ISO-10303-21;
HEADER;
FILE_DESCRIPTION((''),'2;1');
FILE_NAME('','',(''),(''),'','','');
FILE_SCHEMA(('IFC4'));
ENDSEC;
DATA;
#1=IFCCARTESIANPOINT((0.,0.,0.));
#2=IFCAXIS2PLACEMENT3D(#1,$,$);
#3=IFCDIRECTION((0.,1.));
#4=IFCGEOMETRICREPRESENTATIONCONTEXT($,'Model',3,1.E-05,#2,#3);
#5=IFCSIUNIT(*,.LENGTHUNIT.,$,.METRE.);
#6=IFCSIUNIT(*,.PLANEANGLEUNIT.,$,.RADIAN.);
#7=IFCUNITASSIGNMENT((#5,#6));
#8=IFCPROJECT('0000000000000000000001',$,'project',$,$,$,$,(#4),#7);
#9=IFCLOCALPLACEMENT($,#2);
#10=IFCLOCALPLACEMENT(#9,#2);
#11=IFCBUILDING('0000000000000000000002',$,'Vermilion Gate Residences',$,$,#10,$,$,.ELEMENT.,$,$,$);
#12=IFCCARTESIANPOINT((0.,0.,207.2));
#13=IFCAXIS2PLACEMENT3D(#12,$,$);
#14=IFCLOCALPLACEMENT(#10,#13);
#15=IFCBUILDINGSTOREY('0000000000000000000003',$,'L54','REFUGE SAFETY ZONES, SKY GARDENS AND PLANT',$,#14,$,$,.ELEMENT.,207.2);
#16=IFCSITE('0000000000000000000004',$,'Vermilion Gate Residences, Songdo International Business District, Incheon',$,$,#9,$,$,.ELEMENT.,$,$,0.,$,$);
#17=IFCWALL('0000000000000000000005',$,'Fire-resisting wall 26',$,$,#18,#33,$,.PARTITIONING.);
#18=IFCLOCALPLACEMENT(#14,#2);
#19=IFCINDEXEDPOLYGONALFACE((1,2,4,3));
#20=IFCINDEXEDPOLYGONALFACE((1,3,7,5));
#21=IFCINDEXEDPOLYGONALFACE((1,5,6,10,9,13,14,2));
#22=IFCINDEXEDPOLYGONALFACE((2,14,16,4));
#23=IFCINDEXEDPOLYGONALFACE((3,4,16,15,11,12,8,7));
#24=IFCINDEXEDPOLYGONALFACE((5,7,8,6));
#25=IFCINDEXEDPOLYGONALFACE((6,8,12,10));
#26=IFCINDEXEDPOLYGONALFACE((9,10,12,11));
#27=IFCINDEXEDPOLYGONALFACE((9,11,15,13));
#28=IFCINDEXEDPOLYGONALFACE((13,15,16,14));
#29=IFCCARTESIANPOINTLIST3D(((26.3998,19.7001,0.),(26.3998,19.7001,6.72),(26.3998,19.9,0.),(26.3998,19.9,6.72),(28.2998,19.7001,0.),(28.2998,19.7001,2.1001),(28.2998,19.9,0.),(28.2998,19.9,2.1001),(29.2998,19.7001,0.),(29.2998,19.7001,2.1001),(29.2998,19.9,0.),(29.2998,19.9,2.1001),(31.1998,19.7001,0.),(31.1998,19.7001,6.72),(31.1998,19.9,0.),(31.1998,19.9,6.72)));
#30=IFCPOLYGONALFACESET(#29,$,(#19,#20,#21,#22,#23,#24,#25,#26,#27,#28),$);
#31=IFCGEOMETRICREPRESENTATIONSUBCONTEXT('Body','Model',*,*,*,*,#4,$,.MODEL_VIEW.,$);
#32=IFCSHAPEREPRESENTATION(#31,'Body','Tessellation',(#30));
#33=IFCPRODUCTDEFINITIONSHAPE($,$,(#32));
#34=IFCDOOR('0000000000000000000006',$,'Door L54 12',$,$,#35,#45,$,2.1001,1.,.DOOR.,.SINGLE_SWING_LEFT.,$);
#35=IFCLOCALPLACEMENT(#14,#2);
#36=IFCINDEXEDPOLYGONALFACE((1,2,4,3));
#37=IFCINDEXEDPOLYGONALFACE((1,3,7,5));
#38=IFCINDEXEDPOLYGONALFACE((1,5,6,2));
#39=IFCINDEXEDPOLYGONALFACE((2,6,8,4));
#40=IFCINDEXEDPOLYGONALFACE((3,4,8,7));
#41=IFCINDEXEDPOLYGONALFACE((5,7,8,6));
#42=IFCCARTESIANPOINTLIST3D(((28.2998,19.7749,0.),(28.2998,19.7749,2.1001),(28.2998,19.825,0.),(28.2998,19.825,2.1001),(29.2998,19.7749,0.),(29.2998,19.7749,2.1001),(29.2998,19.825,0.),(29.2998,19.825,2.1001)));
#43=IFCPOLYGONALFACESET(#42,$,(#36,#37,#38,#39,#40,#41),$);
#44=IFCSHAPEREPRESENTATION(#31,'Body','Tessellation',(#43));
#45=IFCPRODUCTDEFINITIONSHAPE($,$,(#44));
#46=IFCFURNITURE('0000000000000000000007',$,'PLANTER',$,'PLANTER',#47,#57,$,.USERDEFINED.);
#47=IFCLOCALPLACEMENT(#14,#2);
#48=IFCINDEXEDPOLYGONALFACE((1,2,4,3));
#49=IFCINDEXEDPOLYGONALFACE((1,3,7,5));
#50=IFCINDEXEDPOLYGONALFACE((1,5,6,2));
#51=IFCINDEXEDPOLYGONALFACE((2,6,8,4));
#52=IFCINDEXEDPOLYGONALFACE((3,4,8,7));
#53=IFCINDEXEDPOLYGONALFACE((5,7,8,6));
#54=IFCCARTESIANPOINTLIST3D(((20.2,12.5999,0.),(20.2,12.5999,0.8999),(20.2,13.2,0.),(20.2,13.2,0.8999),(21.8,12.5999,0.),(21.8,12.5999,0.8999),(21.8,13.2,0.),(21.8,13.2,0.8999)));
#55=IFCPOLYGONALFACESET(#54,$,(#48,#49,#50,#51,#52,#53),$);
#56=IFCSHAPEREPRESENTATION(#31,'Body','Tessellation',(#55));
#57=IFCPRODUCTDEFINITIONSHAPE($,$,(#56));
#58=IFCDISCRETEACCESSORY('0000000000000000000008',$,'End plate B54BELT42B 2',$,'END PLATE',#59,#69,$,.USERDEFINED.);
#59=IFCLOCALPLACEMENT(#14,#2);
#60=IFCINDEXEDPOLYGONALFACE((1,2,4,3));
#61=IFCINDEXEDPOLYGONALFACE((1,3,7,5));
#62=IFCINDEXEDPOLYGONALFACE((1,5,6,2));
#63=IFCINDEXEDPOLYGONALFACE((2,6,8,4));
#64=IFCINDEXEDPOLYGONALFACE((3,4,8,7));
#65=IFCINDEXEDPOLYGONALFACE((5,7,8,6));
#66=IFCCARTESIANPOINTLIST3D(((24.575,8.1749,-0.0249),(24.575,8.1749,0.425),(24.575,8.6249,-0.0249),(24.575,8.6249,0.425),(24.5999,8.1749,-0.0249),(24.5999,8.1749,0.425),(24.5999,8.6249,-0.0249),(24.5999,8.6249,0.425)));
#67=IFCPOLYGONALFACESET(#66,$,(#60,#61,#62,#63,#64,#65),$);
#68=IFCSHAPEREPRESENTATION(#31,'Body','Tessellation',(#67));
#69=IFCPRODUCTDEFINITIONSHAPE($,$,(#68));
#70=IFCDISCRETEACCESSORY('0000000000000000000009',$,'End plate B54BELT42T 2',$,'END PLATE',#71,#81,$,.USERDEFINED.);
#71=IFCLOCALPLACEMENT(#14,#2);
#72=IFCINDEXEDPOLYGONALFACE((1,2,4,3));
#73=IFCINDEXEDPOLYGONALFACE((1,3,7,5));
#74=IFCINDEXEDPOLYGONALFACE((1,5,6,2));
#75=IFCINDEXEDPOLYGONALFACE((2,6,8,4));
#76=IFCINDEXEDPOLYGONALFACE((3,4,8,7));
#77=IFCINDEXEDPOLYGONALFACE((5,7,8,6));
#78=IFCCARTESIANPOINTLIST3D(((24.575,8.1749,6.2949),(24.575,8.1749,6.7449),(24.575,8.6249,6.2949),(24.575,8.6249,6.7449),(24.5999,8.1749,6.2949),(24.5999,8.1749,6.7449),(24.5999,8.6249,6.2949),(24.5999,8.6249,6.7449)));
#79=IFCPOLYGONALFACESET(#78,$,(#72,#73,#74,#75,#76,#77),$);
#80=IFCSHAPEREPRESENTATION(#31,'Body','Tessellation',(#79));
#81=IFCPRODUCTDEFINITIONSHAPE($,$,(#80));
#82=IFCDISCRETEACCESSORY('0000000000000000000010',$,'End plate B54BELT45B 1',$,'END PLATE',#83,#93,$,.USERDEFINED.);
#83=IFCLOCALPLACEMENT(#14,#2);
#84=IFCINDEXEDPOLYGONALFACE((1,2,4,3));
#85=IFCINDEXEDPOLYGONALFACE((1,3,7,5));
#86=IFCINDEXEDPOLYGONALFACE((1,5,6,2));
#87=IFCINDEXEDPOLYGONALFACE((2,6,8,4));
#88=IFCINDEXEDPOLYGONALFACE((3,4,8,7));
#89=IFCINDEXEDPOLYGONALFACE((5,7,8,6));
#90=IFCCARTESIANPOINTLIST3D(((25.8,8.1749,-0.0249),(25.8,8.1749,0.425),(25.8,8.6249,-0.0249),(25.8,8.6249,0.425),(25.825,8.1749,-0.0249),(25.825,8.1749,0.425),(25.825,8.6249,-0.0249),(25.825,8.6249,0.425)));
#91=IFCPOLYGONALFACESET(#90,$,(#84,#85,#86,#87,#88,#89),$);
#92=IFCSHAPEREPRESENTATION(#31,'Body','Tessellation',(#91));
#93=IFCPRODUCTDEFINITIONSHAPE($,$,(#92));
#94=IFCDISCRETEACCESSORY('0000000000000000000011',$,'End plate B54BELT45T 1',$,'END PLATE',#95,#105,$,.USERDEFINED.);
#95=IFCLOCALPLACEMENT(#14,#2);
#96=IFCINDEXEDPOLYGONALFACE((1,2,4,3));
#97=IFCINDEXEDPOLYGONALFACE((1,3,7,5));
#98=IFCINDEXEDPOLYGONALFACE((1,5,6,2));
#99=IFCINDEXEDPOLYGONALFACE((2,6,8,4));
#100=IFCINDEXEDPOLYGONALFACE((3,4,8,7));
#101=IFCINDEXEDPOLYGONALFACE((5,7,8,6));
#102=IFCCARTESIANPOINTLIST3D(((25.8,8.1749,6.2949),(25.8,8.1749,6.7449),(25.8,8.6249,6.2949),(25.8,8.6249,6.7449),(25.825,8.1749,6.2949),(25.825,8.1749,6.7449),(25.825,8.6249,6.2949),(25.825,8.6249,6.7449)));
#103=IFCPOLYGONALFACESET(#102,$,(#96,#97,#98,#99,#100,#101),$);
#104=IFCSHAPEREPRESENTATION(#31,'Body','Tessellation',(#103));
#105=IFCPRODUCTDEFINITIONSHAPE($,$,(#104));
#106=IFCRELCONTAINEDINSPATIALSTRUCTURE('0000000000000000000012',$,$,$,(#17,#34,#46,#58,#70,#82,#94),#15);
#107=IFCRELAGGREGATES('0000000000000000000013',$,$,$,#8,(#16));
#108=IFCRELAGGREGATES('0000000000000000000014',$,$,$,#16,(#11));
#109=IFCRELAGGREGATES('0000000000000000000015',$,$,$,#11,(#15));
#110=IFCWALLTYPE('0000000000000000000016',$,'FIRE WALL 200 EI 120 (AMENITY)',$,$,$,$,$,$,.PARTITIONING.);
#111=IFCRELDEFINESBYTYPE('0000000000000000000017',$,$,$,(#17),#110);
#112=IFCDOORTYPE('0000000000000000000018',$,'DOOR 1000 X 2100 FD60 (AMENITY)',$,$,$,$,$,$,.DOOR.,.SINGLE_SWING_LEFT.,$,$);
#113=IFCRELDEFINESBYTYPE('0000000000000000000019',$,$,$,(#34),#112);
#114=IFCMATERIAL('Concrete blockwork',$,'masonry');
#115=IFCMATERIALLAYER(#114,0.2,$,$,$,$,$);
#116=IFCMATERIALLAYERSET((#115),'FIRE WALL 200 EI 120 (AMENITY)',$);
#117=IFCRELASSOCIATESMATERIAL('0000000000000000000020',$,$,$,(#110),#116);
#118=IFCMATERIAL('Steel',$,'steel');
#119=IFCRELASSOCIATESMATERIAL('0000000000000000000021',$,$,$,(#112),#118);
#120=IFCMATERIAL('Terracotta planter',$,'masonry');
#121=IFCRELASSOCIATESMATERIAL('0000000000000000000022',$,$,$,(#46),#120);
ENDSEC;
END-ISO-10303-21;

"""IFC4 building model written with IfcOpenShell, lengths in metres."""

from ifc_helpers import new_model, si_unit, direction, frame, frame_2d, origin, origin_2d, place, context, subcontext, project, spatial, rectangle, extrude, material, layer, layer_set, type_object, element, fill, save


model = new_model("IFC4")

# Units and contexts
model_context = context("Model", 3, precision=1e-05, world=origin(), true_north=direction((0.0, 1.0)))
body_context = subcontext(model_context, "Body", "Model", "MODEL_VIEW")
ifc_project = project(units=[si_unit("LENGTHUNIT", "METRE"), si_unit("PLANEANGLEUNIT", "RADIAN")], contexts=[model_context])

# Site, building, storey
site_placement = place(None, origin())
site = spatial("IfcSite", under=ifc_project, at=site_placement, Name="Vermilion Gate Residences, Songdo International Business District, Incheon", CompositionType="ELEMENT", RefElevation=0.0)
building_placement = place(site_placement, origin())
building = spatial("IfcBuilding", under=site, at=building_placement, Name="Vermilion Gate Residences", CompositionType="ELEMENT")
storey_placement = place(building_placement, frame((0.0, 0.0, 207.2)))
storey = spatial("IfcBuildingStorey", under=building, at=storey_placement, Name="L54", Description="REFUGE SAFETY ZONES, SKY GARDENS AND PLANT", CompositionType="ELEMENT", Elevation=207.2)

# Shared definitions
ifc_material_1 = material(Name="Concrete blockwork", Category="masonry")
ifc_layer_1 = layer(ifc_material_1, 0.2)
ifc_layer_set_1 = layer_set([ifc_layer_1], Name="FIRE WALL 200 EI 120 (AMENITY)")
wall_type = type_object("IfcWallType", Name="FIRE WALL 200 EI 120 (AMENITY)", PredefinedType="PARTITIONING", material=ifc_layer_set_1)

# Shared definitions
ifc_material_2 = material(Name="Steel", Category="steel")
door_type = type_object("IfcDoorType", Name="DOOR 1000 X 2100 FD60 (AMENITY)", OperationType="SINGLE_SWING_LEFT", PredefinedType="DOOR", material=ifc_material_2)

# Wall, opening, door
wall_1_placement = place(storey_placement, frame((26.3999, 19.8, 0.0), z_axis=(0.0, 0.0, 1.0), x_axis=(1.0, 0.0, 0.0)))
wall_1 = element("IfcWall", 1, at=wall_1_placement, inside=storey, type_object=wall_type, Name="Fire-resisting wall 26", PredefinedType="PARTITIONING", context=body_context, shape_type="SweptSolid", body=[
    extrude(rectangle(XDim=4.8, YDim=0.2, at=frame_2d((2.3999, 0.0))), origin(), (0.0, 0.0, 1.0), 6.72),
])
opening_1_placement = place(wall_1_placement, frame((1.8999, 0.0, 0.0)))
opening_1 = element("IfcOpeningElement", 2, at=opening_1_placement, cuts=wall_1, PredefinedType="OPENING", context=body_context, shape_type="SweptSolid", body=[
    extrude(rectangle(XDim=1.0, YDim=2.1001, at=frame_2d((0.5, 1.05))), frame((0.0, 0.1099, 0.0), z_axis=(0.0, -1.0, 0.0), x_axis=(1.0, 0.0, 0.0)), (0.0, 0.0, 1.0), 0.22),
])
door_1_placement = place(opening_1_placement, origin())
door_1 = element("IfcDoor", 3, at=door_1_placement, inside=storey, type_object=door_type, Name="Door L54 12", OperationType="SINGLE_SWING_LEFT", OverallHeight=2.1001, OverallWidth=1.0, PredefinedType="DOOR", context=body_context, shape_type="SweptSolid", body=[
    extrude(rectangle(XDim=1.0, YDim=2.1001, at=frame_2d((0.5, 1.05))), frame((0.0, 0.0249, 0.0), z_axis=(0.0, -1.0, 0.0), x_axis=(1.0, 0.0, 0.0)), (0.0, 0.0, 1.0), 0.05),
])
fill(opening_1, door_1)

# Furniture
ifc_material_3 = material(Name="Terracotta planter", Category="masonry")
furniture_placement = place(storey_placement, frame((21.0, 12.8999, 0.0), z_axis=(0.0, 0.0, 1.0), x_axis=(1.0, 0.0, 0.0)))
element("IfcFurniture", 4, at=furniture_placement, inside=storey, material=ifc_material_3, Name="PLANTER", ObjectType="PLANTER", PredefinedType="USERDEFINED", context=body_context, shape_type="SweptSolid", body=[
    extrude(rectangle(XDim=1.6001, YDim=0.6001, at=origin_2d()), origin(), (0.0, 0.0, 1.0), 0.8999),
])

# Discrete accessories
for number, where, z_axis, x_axis, name in (
    (5, (24.5874, 8.3999, -0.0249), (0.0, 0.0, 1.0), (1.0, 0.0, 0.0), "End plate B54BELT42B 2"),
    (6, (24.5874, 8.3999, 6.2949), (0.0, 0.0, 1.0), (1.0, 0.0, 0.0), "End plate B54BELT42T 2"),
    (7, (25.8125, 8.3999, -0.0249), (0.0, 0.0, 1.0), (1.0, 0.0, 0.0), "End plate B54BELT45B 1"),
    (8, (25.8125, 8.3999, 6.2949), (0.0, 0.0, 1.0), (1.0, 0.0, 0.0), "End plate B54BELT45T 1"),
):
    element("IfcDiscreteAccessory", number, at=place(storey_placement, frame(where, z_axis=z_axis, x_axis=x_axis)), inside=storey, Name=name, ObjectType="END PLATE", PredefinedType="USERDEFINED", context=body_context, shape_type="SweptSolid", body=[
        extrude(rectangle(XDim=0.0249, YDim=0.45, at=origin_2d()), origin(), (0.0, 0.0, 1.0), 0.45),
    ])

save(model, "model.ifc")
